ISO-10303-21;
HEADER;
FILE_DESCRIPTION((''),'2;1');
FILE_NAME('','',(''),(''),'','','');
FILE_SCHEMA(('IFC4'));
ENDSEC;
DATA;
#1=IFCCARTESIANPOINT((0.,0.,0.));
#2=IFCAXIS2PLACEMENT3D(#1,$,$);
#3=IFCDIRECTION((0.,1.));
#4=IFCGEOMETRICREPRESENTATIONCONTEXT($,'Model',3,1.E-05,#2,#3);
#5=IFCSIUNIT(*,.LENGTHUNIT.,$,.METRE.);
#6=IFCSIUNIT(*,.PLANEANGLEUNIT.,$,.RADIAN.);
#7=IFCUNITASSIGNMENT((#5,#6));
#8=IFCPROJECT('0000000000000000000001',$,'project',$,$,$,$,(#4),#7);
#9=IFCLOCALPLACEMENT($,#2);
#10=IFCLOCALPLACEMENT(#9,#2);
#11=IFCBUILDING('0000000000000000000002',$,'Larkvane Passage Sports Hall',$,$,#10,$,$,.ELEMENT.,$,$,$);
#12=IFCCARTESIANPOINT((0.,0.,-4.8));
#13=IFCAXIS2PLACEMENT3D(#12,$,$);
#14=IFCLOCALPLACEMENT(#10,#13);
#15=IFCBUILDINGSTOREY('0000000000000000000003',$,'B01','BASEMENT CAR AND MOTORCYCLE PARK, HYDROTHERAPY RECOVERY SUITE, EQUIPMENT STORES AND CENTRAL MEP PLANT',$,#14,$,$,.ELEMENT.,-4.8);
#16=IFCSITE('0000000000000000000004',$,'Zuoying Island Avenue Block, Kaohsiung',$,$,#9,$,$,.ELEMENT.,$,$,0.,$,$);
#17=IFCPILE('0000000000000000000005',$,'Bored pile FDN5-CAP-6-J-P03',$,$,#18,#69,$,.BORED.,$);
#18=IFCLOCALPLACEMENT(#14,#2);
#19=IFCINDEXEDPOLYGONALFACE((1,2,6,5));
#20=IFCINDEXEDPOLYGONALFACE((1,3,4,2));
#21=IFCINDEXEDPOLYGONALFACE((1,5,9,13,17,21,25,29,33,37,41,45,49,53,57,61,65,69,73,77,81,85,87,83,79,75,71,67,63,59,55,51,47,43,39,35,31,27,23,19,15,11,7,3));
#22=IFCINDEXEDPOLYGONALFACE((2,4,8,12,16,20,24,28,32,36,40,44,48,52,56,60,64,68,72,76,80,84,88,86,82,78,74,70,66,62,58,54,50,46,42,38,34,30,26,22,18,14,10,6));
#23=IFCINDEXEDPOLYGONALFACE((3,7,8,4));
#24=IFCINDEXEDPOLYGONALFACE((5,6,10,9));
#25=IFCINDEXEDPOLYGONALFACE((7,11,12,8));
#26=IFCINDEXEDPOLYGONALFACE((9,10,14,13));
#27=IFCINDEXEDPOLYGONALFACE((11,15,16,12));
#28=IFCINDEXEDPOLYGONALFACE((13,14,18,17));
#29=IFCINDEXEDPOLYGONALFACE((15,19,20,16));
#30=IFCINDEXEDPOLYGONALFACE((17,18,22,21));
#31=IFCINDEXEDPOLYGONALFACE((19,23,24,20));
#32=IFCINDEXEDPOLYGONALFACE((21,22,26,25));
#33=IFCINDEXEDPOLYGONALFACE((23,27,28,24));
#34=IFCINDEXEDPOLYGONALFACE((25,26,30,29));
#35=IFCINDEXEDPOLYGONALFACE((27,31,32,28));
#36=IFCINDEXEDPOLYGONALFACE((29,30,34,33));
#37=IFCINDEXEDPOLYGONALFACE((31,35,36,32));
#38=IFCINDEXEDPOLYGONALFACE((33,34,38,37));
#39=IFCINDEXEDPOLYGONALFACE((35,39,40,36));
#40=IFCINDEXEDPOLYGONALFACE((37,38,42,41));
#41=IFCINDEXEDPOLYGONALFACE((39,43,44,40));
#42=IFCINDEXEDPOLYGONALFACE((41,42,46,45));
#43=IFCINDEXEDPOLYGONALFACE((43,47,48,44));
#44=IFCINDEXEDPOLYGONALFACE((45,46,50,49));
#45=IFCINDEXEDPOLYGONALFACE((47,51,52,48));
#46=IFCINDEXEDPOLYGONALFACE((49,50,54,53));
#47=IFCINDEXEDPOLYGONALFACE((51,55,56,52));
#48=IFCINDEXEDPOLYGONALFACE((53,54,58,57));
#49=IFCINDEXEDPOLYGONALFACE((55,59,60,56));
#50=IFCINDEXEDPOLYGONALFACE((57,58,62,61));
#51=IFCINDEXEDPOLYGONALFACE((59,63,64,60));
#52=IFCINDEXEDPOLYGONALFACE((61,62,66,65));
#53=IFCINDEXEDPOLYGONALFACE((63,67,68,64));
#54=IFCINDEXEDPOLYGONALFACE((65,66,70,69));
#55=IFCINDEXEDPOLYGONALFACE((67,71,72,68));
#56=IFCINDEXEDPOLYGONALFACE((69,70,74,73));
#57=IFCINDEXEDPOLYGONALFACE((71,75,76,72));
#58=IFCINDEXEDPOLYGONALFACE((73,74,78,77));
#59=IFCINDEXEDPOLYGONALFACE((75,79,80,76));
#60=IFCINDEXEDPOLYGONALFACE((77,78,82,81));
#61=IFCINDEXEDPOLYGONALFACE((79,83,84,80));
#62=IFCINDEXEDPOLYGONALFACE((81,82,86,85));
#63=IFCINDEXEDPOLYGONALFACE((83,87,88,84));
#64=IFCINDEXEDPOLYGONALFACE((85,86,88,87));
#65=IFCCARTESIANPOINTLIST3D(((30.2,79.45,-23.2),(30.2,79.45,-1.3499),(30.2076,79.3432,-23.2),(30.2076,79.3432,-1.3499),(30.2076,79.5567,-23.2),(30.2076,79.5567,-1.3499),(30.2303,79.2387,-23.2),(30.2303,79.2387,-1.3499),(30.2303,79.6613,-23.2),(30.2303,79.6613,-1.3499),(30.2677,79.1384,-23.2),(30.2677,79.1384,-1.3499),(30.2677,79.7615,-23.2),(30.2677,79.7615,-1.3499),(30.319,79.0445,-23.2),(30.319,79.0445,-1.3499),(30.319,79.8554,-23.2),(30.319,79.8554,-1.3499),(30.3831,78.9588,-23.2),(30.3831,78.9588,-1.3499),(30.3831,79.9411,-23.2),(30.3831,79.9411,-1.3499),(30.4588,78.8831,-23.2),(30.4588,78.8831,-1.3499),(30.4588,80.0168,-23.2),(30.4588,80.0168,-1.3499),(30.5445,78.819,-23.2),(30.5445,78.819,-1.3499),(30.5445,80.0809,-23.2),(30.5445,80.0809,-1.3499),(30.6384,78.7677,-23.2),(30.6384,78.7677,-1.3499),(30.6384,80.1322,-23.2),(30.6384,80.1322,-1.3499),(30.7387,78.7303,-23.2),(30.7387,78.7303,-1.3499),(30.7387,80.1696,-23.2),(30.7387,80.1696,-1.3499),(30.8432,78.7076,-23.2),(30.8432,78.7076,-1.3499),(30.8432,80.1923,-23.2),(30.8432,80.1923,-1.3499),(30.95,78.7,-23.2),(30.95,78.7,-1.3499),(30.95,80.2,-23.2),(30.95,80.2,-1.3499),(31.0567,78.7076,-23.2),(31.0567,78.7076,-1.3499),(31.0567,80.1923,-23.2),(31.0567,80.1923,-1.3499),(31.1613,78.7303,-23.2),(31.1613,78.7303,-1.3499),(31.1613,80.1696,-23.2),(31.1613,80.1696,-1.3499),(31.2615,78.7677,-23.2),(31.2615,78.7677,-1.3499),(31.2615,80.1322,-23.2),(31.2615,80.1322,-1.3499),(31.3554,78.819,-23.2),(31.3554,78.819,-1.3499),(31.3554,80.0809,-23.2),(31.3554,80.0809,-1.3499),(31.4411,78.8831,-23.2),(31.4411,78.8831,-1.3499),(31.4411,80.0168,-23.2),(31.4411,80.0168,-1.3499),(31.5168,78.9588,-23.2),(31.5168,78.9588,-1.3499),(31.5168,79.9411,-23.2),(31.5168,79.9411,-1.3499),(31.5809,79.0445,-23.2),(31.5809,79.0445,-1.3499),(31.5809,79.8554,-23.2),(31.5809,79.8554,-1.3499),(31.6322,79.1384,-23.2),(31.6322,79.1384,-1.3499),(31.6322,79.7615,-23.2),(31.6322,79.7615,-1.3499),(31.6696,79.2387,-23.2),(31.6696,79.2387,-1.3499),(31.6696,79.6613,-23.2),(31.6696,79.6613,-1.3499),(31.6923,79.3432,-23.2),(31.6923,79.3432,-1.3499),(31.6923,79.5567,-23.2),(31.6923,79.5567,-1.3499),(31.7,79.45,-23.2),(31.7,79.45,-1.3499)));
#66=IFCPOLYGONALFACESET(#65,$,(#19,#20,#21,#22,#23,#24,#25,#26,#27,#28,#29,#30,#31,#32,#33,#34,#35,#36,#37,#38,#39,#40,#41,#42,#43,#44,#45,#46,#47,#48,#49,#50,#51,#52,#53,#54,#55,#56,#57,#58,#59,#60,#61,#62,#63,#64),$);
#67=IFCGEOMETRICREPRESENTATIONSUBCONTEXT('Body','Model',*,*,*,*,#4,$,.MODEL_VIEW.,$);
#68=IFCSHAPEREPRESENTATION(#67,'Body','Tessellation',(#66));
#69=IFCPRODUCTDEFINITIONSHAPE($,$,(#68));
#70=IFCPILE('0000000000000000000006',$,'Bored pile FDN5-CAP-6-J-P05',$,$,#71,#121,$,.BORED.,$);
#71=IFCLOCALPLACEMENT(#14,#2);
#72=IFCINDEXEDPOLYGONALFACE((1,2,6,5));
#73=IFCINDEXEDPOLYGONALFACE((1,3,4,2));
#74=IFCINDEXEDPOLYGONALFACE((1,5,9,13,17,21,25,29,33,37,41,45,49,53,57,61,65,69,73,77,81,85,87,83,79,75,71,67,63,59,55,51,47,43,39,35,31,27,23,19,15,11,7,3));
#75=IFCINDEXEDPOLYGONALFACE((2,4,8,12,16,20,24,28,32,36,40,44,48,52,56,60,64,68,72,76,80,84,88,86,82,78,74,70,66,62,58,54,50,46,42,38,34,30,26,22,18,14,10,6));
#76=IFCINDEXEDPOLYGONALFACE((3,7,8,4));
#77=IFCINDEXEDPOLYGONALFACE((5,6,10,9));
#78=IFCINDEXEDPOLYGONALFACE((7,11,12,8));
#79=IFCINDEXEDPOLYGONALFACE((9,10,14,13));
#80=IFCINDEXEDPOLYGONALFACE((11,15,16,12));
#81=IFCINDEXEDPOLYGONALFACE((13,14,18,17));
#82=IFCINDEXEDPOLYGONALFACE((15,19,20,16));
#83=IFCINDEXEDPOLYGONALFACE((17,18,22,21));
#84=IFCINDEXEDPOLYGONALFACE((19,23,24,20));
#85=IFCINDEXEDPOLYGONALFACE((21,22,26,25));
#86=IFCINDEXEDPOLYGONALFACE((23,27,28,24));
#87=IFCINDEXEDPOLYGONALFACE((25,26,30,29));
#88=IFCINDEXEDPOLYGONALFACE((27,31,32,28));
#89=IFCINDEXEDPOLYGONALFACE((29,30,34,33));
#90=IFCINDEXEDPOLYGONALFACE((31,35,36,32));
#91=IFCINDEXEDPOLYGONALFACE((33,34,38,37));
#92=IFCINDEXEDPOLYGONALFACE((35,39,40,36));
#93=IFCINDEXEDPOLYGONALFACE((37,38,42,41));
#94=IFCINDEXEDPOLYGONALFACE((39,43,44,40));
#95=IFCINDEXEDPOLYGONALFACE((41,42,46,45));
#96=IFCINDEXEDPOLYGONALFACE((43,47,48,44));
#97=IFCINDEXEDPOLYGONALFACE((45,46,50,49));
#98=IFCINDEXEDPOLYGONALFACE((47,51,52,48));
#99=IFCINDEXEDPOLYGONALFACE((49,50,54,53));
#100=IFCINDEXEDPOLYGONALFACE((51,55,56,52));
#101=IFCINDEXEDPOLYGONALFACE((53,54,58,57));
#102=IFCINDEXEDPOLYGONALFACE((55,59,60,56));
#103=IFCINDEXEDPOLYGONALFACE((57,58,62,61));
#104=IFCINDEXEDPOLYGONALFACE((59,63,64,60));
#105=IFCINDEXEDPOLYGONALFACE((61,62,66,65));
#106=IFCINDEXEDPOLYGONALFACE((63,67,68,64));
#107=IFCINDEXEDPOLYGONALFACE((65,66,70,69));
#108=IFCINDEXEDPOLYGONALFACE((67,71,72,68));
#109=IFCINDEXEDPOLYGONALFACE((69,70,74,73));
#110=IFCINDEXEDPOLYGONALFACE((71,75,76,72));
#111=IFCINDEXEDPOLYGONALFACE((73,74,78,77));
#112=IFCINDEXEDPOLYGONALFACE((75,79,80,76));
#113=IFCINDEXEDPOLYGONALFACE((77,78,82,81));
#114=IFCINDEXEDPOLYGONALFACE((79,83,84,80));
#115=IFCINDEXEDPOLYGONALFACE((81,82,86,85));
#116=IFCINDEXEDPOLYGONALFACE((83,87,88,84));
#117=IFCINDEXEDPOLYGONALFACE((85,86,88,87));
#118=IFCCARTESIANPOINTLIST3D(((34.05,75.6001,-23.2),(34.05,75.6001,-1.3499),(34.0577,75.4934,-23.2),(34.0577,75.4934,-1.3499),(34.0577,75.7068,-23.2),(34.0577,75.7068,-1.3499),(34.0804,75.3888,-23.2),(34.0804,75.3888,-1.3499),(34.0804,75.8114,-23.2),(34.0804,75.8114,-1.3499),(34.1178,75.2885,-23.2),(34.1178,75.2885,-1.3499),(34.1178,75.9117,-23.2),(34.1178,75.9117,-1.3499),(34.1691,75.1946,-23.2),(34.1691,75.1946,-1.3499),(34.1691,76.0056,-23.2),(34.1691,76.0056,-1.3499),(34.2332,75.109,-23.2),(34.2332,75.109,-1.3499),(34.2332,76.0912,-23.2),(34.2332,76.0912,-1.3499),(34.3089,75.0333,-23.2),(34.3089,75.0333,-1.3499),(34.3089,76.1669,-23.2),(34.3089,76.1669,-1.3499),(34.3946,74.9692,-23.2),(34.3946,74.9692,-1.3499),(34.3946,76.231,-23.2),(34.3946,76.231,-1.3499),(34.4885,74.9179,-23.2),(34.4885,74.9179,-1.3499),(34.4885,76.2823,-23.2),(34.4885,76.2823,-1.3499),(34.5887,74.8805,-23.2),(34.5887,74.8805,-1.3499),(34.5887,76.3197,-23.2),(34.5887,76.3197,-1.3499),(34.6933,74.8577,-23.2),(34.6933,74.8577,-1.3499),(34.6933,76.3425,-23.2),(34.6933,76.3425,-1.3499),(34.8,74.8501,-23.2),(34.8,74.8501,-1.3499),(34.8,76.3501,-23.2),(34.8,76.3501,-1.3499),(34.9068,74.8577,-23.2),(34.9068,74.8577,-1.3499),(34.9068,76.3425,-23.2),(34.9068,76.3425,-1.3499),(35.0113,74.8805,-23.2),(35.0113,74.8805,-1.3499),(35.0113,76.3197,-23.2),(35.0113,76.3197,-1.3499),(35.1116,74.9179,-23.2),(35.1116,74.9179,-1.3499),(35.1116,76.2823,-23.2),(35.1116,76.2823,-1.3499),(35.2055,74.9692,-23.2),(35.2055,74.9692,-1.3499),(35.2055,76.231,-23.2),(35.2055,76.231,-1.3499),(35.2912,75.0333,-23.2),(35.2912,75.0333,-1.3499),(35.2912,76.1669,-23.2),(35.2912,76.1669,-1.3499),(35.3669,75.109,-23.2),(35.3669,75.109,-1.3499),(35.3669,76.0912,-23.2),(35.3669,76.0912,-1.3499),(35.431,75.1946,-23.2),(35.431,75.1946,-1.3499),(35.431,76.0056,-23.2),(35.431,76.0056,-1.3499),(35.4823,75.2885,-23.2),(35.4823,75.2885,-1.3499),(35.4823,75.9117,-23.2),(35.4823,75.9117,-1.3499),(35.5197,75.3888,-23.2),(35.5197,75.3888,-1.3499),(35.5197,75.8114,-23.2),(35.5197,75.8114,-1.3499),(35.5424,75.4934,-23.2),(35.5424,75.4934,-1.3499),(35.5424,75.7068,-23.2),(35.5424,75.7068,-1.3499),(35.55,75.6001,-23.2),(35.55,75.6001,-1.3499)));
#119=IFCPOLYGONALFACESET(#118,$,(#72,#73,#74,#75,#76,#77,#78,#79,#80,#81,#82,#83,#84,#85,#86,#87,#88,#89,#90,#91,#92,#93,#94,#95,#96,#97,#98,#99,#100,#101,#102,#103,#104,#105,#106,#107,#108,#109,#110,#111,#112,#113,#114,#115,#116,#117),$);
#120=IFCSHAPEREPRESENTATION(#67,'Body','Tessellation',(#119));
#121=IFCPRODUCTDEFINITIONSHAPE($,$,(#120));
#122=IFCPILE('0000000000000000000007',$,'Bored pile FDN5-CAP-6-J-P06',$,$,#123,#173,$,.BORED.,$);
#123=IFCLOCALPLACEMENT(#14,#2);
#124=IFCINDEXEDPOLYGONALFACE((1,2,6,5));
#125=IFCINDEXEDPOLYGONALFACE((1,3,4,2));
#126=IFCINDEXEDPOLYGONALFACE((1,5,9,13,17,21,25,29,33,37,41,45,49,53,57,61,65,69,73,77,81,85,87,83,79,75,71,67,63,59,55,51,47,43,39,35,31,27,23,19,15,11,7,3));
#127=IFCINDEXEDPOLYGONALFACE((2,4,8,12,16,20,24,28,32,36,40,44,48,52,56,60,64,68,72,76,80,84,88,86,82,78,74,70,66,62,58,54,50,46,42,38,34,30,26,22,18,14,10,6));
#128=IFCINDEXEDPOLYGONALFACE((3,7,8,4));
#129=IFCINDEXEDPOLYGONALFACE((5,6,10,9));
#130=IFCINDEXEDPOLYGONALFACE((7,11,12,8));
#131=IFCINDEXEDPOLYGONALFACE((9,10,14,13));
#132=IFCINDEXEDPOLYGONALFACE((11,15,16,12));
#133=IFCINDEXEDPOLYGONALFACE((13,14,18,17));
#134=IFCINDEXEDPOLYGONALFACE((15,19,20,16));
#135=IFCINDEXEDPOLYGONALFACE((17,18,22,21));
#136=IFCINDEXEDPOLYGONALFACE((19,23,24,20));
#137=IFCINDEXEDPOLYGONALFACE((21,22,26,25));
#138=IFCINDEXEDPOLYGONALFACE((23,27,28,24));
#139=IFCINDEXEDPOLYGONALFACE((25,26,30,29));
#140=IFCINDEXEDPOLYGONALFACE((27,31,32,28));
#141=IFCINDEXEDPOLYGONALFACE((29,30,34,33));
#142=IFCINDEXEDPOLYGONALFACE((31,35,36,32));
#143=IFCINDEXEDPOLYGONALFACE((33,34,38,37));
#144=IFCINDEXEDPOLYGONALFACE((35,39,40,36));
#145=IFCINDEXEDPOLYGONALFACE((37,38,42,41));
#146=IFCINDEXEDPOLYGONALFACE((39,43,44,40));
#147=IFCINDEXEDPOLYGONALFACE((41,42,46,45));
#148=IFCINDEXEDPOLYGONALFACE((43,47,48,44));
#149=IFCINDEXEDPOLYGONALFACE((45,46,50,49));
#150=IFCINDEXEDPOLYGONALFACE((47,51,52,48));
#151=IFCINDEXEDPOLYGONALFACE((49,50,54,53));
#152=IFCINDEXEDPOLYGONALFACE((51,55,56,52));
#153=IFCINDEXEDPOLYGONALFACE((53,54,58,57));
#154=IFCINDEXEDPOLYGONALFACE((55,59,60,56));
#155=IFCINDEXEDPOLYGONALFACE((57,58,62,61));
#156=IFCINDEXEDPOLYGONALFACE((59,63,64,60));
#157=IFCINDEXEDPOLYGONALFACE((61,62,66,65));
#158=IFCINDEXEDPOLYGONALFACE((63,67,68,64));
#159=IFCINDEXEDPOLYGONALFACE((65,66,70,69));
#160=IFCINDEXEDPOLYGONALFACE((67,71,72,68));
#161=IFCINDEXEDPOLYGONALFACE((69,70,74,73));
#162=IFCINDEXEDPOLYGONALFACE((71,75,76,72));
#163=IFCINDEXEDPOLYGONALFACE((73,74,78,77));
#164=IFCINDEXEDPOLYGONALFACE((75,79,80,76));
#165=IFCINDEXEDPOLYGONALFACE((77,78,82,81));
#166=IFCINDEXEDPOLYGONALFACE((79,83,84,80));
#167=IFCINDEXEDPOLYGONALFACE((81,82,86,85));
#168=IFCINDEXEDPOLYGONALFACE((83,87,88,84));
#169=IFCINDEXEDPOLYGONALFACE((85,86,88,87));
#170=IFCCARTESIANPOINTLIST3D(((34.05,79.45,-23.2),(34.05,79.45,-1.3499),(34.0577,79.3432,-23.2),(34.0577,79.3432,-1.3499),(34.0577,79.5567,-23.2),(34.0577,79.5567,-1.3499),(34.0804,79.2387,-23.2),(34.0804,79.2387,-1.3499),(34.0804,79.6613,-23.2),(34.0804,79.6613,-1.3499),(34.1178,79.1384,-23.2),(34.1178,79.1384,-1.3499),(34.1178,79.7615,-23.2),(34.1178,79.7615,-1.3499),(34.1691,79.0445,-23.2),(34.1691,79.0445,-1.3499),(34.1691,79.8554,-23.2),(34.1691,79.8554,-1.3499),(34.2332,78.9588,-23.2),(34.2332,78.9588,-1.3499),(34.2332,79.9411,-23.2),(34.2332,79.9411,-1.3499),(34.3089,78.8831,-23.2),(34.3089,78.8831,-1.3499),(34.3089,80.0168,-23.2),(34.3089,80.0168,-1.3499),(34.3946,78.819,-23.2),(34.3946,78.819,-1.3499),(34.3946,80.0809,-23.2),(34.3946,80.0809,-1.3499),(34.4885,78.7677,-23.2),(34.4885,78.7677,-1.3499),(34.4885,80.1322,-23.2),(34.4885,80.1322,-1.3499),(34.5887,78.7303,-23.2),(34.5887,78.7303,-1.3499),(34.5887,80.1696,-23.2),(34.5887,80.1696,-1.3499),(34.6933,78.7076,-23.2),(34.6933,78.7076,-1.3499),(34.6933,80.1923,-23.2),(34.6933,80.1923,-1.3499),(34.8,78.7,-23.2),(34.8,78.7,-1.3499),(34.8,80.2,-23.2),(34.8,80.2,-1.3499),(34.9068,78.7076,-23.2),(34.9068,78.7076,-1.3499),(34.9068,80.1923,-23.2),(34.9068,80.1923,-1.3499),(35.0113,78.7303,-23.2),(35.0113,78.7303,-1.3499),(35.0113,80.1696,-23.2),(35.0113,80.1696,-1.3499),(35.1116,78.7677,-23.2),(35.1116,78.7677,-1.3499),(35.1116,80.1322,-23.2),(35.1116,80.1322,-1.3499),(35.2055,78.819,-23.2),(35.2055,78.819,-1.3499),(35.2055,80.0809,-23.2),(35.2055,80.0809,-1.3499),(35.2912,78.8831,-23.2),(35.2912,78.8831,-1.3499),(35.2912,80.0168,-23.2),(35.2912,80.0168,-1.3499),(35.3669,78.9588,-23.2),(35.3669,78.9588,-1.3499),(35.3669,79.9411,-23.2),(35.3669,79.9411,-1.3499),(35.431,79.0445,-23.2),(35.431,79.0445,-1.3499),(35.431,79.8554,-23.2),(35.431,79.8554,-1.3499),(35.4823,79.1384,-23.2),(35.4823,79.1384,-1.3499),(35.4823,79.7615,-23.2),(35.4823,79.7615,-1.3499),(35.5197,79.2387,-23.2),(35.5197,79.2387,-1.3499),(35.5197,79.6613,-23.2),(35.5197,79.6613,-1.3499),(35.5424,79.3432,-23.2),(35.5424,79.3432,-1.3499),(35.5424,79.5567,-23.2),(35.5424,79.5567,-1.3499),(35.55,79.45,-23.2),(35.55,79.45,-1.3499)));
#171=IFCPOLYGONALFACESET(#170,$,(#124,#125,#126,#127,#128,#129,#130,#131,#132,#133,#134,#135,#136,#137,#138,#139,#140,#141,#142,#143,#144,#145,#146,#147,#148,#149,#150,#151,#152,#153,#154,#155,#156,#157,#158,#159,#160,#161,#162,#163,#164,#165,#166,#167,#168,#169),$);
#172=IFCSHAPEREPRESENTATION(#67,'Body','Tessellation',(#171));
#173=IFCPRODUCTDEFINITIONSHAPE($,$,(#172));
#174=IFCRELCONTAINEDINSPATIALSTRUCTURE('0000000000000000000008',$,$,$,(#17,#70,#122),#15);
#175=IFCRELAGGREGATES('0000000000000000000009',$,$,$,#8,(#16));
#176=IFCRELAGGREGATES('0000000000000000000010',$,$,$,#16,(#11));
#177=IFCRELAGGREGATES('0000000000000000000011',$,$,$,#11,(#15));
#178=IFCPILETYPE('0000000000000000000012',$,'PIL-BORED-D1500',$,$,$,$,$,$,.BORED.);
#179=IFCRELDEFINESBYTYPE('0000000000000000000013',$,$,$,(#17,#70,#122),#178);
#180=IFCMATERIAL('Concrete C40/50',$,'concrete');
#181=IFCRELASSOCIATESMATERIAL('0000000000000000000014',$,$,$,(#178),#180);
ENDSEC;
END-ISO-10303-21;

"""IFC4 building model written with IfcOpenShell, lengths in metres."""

from ifc_helpers import new_model, si_unit, direction, frame, origin, origin_2d, place, context, subcontext, project, spatial, circle, extrude, material, material_profile, profile_set, type_object, element, save


model = new_model("IFC4")

# Units and contexts
model_context = context("Model", 3, precision=1e-05, world=origin(), true_north=direction((0.0, 1.0)))
body_context = subcontext(model_context, "Body", "Model", "MODEL_VIEW")
ifc_project = project(units=[si_unit("LENGTHUNIT", "METRE"), si_unit("PLANEANGLEUNIT", "RADIAN")], contexts=[model_context])

# Site, building, storey
site_placement = place(None, origin())
site = spatial("IfcSite", under=ifc_project, at=site_placement, Name="Zuoying Island Avenue Block, Kaohsiung", CompositionType="ELEMENT", RefElevation=0.0)
building_placement = place(site_placement, origin())
building = spatial("IfcBuilding", under=site, at=building_placement, Name="Larkvane Passage Sports Hall", CompositionType="ELEMENT")
storey_placement = place(building_placement, frame((0.0, 0.0, -4.8)))
storey = spatial("IfcBuildingStorey", under=building, at=storey_placement, Name="B01", Description="BASEMENT CAR AND MOTORCYCLE PARK, HYDROTHERAPY RECOVERY SUITE, EQUIPMENT STORES AND CENTRAL MEP PLANT", CompositionType="ELEMENT", Elevation=-4.8)

# Shared definitions
ifc_material_1 = material(Name="Concrete C40/50", Category="concrete")

# Piles
ifc_material_profile_1 = material_profile(ifc_material_1, circle(Radius=0.75, at=origin_2d()), Name="PILE-D1500")
ifc_profile_set_1 = profile_set([ifc_material_profile_1], Name="Concrete C40/50")
pile_type_1 = type_object("IfcPileType", Name="PIL-BORED-D1500", PredefinedType="BORED", material=ifc_profile_set_1)
for number, where, z_axis, x_axis, name in (
    (1, (30.95, 79.45, -1.3499), (0.0, 0.0, -1.0), (1.0, 0.0, 0.0), "Bored pile FDN5-CAP-6-J-P03"),
    (2, (34.8, 75.6001, -1.3499), (0.0, 0.0, -1.0), (1.0, 0.0, 0.0), "Bored pile FDN5-CAP-6-J-P05"),
    (3, (34.8, 79.45, -1.3499), (0.0, 0.0, -1.0), (1.0, 0.0, 0.0), "Bored pile FDN5-CAP-6-J-P06"),
):
    element("IfcPile", number, at=place(storey_placement, frame(where, z_axis=z_axis, x_axis=x_axis)), inside=storey, type_object=pile_type_1, Name=name, PredefinedType="BORED", context=body_context, shape_type="SweptSolid", body=[
        extrude(circle(Radius=0.75, at=origin_2d()), origin(), (0.0, 0.0, 1.0), 21.8501),
    ])

save(model, "model.ifc")
